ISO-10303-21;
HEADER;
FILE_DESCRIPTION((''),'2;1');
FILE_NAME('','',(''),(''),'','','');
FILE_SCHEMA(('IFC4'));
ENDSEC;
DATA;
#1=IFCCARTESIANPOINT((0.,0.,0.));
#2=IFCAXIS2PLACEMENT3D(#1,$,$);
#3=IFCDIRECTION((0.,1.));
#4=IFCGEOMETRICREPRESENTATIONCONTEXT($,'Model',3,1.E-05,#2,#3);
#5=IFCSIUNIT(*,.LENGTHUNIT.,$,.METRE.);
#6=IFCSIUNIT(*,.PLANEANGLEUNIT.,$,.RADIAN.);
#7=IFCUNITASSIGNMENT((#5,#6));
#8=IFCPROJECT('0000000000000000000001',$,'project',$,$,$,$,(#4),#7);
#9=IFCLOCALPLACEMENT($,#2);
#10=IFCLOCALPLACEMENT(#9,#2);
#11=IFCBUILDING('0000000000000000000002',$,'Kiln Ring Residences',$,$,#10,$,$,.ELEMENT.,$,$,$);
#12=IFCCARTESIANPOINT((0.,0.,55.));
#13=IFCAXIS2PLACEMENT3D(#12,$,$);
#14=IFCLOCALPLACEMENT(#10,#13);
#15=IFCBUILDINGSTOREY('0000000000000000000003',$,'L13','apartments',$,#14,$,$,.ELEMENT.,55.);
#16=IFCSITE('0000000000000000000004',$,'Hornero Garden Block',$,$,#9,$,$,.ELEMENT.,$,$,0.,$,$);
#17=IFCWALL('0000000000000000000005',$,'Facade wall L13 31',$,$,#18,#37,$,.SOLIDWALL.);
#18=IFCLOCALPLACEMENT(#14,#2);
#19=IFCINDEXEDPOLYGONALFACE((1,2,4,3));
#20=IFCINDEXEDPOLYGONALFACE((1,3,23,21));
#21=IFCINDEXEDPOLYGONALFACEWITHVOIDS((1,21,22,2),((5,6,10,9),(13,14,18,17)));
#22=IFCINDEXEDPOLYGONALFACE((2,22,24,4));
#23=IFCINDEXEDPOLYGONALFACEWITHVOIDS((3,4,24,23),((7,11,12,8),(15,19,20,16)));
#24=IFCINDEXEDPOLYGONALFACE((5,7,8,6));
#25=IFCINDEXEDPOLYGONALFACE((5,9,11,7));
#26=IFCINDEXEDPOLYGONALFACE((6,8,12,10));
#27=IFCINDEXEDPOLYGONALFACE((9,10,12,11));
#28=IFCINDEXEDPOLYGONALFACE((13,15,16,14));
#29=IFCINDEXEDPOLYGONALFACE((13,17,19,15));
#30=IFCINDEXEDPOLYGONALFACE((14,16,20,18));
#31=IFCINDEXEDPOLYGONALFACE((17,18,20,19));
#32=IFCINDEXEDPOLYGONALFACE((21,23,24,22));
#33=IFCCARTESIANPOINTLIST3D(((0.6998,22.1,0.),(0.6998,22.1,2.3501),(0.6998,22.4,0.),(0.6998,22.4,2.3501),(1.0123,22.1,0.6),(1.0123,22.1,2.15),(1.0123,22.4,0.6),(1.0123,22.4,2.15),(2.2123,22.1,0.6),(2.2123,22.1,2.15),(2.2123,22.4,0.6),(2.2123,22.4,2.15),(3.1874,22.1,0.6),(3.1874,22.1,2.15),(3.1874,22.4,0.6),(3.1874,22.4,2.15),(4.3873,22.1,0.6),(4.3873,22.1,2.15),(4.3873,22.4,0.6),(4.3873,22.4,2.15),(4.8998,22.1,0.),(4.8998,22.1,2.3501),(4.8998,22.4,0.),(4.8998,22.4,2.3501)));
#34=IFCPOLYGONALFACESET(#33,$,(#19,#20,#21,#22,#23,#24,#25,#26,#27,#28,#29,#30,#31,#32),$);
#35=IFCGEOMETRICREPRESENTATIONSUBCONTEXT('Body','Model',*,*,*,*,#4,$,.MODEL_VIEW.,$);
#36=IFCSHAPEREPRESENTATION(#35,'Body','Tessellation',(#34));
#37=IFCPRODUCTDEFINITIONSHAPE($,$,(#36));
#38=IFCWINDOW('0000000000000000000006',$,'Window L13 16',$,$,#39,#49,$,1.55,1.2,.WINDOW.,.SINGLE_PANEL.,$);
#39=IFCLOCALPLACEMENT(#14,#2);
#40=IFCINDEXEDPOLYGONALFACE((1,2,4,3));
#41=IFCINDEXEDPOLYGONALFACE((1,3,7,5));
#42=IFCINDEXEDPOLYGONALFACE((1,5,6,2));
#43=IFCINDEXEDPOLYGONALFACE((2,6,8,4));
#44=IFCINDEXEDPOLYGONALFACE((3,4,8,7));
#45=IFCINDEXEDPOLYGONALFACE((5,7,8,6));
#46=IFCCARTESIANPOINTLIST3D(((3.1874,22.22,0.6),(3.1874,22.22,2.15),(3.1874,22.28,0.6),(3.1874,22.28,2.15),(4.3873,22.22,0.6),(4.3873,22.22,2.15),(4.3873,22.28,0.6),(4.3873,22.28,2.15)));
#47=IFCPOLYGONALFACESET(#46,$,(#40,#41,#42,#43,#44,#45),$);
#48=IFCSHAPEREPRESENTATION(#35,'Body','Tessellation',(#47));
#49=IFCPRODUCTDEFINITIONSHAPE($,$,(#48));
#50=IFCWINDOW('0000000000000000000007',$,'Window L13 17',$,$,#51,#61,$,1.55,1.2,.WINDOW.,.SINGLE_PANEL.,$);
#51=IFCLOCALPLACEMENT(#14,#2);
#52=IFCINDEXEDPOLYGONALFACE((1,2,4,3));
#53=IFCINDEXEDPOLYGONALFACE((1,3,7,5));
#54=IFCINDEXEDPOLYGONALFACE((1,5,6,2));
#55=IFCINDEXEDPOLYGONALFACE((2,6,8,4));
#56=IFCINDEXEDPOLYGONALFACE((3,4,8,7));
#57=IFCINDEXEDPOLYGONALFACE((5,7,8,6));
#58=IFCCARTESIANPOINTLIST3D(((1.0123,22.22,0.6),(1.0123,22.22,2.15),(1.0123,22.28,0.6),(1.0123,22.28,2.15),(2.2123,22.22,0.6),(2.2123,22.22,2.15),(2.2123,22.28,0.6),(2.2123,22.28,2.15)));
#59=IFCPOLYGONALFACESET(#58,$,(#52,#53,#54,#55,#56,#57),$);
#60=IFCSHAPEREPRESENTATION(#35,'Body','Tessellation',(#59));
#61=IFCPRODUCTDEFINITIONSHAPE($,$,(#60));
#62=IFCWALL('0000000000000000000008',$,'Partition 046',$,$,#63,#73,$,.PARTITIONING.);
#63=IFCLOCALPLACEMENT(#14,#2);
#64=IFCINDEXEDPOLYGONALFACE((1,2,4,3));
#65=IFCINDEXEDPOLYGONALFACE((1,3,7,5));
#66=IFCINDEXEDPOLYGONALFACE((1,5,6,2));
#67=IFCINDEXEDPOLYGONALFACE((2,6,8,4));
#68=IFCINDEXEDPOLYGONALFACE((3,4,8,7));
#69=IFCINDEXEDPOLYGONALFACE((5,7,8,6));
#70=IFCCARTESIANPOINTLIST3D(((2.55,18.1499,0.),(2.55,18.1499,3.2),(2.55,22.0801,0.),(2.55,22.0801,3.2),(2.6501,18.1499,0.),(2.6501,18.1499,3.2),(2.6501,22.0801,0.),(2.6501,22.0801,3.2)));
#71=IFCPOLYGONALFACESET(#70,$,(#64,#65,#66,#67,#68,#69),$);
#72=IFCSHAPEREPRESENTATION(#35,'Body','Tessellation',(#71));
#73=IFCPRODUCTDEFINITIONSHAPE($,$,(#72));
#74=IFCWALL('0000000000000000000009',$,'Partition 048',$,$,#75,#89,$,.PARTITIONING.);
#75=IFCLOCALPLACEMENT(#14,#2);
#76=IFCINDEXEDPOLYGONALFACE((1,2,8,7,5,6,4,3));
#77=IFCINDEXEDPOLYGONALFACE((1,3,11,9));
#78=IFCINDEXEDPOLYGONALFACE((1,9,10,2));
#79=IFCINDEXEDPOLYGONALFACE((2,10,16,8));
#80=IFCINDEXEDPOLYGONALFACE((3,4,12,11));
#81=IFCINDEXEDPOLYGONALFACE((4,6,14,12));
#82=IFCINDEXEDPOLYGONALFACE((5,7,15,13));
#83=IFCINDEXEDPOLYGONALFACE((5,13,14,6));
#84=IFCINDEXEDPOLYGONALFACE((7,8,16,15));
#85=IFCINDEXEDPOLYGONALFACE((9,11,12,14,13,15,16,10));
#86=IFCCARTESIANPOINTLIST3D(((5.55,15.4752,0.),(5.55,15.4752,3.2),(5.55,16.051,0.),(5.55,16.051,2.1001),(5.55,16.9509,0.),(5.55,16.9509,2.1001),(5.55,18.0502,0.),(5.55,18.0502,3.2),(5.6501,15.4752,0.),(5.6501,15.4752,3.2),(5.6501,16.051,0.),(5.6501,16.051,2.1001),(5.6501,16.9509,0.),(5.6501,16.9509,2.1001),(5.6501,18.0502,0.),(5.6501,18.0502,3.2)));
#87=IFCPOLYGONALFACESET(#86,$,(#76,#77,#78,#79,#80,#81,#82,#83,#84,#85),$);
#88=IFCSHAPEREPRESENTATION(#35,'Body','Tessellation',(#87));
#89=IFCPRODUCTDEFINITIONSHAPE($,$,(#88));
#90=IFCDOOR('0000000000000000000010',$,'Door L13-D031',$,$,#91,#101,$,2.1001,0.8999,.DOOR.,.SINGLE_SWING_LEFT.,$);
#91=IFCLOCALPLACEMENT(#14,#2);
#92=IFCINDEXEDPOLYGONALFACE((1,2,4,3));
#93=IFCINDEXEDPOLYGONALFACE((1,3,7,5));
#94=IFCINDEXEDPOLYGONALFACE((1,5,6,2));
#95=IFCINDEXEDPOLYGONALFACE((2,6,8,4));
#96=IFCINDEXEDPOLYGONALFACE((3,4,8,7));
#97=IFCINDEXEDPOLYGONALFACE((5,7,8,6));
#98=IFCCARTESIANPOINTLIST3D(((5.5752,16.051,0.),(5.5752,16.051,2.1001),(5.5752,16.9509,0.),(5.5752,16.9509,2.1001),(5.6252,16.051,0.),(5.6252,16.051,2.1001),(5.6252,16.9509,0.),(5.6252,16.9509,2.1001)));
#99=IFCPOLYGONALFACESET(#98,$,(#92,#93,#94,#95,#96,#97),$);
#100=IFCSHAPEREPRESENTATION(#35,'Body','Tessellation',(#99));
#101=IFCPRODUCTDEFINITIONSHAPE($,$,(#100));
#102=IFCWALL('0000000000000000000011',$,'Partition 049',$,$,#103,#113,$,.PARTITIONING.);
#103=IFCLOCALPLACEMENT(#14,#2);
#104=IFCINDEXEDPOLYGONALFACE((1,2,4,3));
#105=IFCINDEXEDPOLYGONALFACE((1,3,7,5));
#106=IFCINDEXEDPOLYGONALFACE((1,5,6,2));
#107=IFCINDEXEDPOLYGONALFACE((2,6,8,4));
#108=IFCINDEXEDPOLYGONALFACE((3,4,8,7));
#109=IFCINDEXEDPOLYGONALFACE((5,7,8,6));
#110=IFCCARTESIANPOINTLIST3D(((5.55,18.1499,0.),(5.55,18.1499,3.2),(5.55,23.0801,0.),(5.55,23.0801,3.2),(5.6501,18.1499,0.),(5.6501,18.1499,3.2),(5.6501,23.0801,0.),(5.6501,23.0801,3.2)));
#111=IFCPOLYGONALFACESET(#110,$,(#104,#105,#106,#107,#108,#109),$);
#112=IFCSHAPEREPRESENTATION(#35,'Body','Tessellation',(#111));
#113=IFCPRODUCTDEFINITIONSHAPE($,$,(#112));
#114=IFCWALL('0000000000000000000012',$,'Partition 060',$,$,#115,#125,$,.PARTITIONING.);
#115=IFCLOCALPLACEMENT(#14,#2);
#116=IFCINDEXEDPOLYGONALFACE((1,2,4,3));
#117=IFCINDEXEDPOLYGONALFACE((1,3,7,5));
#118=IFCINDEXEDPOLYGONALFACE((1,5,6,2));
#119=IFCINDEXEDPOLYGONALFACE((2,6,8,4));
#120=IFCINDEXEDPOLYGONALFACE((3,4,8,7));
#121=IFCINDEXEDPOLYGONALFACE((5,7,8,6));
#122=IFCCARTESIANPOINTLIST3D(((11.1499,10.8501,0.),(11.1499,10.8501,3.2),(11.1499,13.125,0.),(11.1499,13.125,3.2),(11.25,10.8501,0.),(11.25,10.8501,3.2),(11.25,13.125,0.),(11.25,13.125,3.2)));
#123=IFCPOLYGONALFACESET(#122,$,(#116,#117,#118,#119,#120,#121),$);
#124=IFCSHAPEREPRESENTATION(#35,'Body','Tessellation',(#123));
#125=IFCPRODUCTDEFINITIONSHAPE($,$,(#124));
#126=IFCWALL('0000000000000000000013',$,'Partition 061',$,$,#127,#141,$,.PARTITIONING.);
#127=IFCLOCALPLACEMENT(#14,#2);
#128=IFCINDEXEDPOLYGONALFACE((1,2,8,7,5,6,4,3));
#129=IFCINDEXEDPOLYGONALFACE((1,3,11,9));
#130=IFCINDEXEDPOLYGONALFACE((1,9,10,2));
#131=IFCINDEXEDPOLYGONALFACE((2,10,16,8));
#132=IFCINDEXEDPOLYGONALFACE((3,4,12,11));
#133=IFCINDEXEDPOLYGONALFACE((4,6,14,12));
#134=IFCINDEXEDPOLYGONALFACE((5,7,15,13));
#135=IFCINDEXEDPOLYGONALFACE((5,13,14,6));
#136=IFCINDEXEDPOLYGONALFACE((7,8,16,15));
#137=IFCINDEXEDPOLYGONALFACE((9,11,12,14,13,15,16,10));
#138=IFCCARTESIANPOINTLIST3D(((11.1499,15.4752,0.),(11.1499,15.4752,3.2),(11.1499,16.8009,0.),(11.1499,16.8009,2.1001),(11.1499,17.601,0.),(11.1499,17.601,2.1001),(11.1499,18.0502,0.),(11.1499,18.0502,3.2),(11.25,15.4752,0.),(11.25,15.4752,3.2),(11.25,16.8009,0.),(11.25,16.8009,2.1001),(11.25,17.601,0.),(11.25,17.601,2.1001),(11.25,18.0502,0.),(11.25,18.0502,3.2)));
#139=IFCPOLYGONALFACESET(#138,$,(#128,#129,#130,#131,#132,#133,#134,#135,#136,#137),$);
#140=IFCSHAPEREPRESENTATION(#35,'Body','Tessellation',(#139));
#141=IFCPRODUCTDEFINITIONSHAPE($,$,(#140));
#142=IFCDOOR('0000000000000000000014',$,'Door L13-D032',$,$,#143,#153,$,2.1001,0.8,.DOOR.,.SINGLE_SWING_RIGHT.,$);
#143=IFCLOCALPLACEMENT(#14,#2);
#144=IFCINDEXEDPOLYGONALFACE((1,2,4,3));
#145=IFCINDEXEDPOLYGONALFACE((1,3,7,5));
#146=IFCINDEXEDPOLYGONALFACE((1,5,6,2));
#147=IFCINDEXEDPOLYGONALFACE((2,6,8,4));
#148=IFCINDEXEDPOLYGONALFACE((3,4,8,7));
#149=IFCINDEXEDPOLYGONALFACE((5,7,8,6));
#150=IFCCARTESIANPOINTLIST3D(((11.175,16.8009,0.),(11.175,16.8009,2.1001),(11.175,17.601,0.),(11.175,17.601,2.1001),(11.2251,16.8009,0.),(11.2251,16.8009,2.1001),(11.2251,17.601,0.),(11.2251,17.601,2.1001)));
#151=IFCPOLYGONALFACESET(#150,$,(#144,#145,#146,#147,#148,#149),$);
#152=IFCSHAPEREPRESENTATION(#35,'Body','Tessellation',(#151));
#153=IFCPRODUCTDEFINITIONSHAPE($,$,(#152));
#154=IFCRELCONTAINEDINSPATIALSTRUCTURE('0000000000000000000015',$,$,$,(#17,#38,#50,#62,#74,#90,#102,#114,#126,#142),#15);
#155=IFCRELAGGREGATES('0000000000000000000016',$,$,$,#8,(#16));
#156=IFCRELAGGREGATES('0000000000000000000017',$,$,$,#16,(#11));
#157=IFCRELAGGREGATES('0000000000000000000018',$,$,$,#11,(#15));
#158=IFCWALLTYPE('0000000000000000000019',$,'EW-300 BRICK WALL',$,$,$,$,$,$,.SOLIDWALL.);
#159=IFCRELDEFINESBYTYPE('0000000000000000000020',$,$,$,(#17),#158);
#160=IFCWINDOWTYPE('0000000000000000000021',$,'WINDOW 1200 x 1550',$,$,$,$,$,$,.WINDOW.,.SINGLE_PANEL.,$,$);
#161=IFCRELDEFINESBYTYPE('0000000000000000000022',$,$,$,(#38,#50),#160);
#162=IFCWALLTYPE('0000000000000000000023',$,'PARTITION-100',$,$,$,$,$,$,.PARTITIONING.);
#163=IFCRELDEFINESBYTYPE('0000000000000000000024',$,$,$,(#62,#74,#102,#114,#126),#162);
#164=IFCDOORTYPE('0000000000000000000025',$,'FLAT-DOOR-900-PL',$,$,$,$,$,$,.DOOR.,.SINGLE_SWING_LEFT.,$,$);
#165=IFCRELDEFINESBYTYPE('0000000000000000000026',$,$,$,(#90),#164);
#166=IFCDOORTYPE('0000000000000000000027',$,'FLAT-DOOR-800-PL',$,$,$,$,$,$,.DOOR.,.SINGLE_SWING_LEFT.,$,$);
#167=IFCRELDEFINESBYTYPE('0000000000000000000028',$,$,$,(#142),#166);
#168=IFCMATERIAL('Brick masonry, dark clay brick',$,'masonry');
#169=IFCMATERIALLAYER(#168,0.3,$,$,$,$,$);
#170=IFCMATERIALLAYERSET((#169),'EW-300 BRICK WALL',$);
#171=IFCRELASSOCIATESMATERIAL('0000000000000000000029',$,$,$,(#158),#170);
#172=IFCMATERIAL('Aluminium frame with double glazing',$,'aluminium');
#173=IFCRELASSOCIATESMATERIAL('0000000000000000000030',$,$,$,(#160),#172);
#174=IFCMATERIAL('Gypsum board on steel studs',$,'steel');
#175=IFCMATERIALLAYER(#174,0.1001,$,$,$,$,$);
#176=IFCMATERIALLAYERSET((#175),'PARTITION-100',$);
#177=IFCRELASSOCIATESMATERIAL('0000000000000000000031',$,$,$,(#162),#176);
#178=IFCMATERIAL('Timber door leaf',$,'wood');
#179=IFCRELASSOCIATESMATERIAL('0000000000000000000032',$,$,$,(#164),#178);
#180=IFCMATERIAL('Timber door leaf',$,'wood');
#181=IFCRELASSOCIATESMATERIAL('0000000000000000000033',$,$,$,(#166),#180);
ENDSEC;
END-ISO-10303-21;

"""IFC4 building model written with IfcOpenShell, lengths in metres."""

from ifc_helpers import new_model, si_unit, direction, frame, frame_2d, origin, place, context, subcontext, project, spatial, rectangle, extrude, material, layer, layer_set, type_object, element, fill, save


model = new_model("IFC4")

# Units and contexts
model_context = context("Model", 3, precision=1e-05, world=origin(), true_north=direction((0.0, 1.0)))
body_context = subcontext(model_context, "Body", "Model", "MODEL_VIEW")
ifc_project = project(units=[si_unit("LENGTHUNIT", "METRE"), si_unit("PLANEANGLEUNIT", "RADIAN")], contexts=[model_context])

# Site, building, storey
site_placement = place(None, origin())
site = spatial("IfcSite", under=ifc_project, at=site_placement, Name="Hornero Garden Block", CompositionType="ELEMENT", RefElevation=0.0)
building_placement = place(site_placement, origin())
building = spatial("IfcBuilding", under=site, at=building_placement, Name="Kiln Ring Residences", CompositionType="ELEMENT")
storey_placement = place(building_placement, frame((0.0, 0.0, 55.0)))
storey = spatial("IfcBuildingStorey", under=building, at=storey_placement, Name="L13", Description="apartments", CompositionType="ELEMENT", Elevation=55.0)

# Shared definitions
ifc_material_1 = material(Name="Brick masonry, dark clay brick", Category="masonry")
ifc_layer_1 = layer(ifc_material_1, 0.3)
ifc_layer_set_1 = layer_set([ifc_layer_1], Name="EW-300 BRICK WALL")
wall_type_1 = type_object("IfcWallType", Name="EW-300 BRICK WALL", PredefinedType="SOLIDWALL", material=ifc_layer_set_1)

# Wall, openings, windows
wall_1_placement = place(storey_placement, frame((4.8999, 22.25, 0.0), z_axis=(0.0, 0.0, 1.0), x_axis=(-1.0, 0.0, 0.0)))
wall_1 = element("IfcWall", 1, at=wall_1_placement, inside=storey, type_object=wall_type_1, Name="Facade wall L13 31", PredefinedType="SOLIDWALL", context=body_context, shape_type="SweptSolid", body=[
    extrude(rectangle(XDim=4.2, YDim=0.3, at=frame_2d((2.1001, 0.0))), origin(), (0.0, 0.0, 1.0), 2.3501),
])
opening_1_placement = place(wall_1_placement, frame((0.5125, 0.0, 0.6001)))
opening_1 = element("IfcOpeningElement", 2, at=opening_1_placement, cuts=wall_1, PredefinedType="OPENING", context=body_context, shape_type="SweptSolid", body=[
    extrude(rectangle(XDim=1.2, YDim=1.55, at=frame_2d((0.6001, 0.7749))), frame((0.0, 0.1599, 0.0), z_axis=(0.0, -1.0, 0.0), x_axis=(1.0, 0.0, 0.0)), (0.0, 0.0, 1.0), 0.3201),
])
opening_2_placement = place(wall_1_placement, frame((2.6875, 0.0, 0.6001)))
opening_2 = element("IfcOpeningElement", 3, at=opening_2_placement, cuts=wall_1, PredefinedType="OPENING", context=body_context, shape_type="SweptSolid", body=[
    extrude(rectangle(XDim=1.2, YDim=1.55, at=frame_2d((0.6001, 0.7749))), frame((0.0, 0.1599, 0.0), z_axis=(0.0, -1.0, 0.0), x_axis=(1.0, 0.0, 0.0)), (0.0, 0.0, 1.0), 0.3201),
])
ifc_material_2 = material(Name="Aluminium frame with double glazing", Category="aluminium")
window_type_1 = type_object("IfcWindowType", Name="WINDOW 1200 x 1550", PartitioningType="SINGLE_PANEL", PredefinedType="WINDOW", material=ifc_material_2)
window_1_placement = place(opening_1_placement, origin())
window_1 = element("IfcWindow", 4, at=window_1_placement, inside=storey, type_object=window_type_1, Name="Window L13 16", OverallHeight=1.55, OverallWidth=1.2, PartitioningType="SINGLE_PANEL", PredefinedType="WINDOW", context=body_context, shape_type="SweptSolid", body=[
    extrude(rectangle(XDim=1.2, YDim=1.55, at=frame_2d((0.6001, 0.7749))), frame((0.0, 0.03, 0.0), z_axis=(0.0, -1.0, 0.0), x_axis=(1.0, 0.0, 0.0)), (0.0, 0.0, 1.0), 0.0601),
])
fill(opening_1, window_1)
window_2_placement = place(opening_2_placement, origin())
window_2 = element("IfcWindow", 5, at=window_2_placement, inside=storey, type_object=window_type_1, Name="Window L13 17", OverallHeight=1.55, OverallWidth=1.2, PartitioningType="SINGLE_PANEL", PredefinedType="WINDOW", context=body_context, shape_type="SweptSolid", body=[
    extrude(rectangle(XDim=1.2, YDim=1.55, at=frame_2d((0.6001, 0.7749))), frame((0.0, 0.03, 0.0), z_axis=(0.0, -1.0, 0.0), x_axis=(1.0, 0.0, 0.0)), (0.0, 0.0, 1.0), 0.0601),
])
fill(opening_2, window_2)

# Wall
ifc_material_3 = material(Name="Gypsum board on steel studs", Category="steel")
ifc_layer_2 = layer(ifc_material_3, 0.1001)
ifc_layer_set_2 = layer_set([ifc_layer_2], Name="PARTITION-100")
wall_type_2 = type_object("IfcWallType", Name="PARTITION-100", PredefinedType="PARTITIONING", material=ifc_layer_set_2)
wall_2_placement = place(storey_placement, frame((2.6001, 18.1499, 0.0), z_axis=(0.0, 0.0, 1.0), x_axis=(0.0, 1.0, 0.0)))
element("IfcWall", 6, at=wall_2_placement, inside=storey, type_object=wall_type_2, Name="Partition 046", PredefinedType="PARTITIONING", context=body_context, shape_type="SweptSolid", body=[
    extrude(rectangle(XDim=3.9302, YDim=0.1001, at=frame_2d((1.9651, 0.0))), origin(), (0.0, 0.0, 1.0), 3.2),
])

# Wall, opening, door
wall_3_placement = place(storey_placement, frame((5.6001, 15.4751, 0.0), z_axis=(0.0, 0.0, 1.0), x_axis=(0.0, 1.0, 0.0)))
wall_3 = element("IfcWall", 7, at=wall_3_placement, inside=storey, type_object=wall_type_2, Name="Partition 048", PredefinedType="PARTITIONING", context=body_context, shape_type="SweptSolid", body=[
    extrude(rectangle(XDim=2.575, YDim=0.1001, at=frame_2d((1.2876, 0.0))), origin(), (0.0, 0.0, 1.0), 3.2),
])
opening_3_placement = place(wall_3_placement, frame((0.5759, 0.0, 0.0)))
opening_3 = element("IfcOpeningElement", 8, at=opening_3_placement, cuts=wall_3, PredefinedType="OPENING", context=body_context, shape_type="SweptSolid", body=[
    extrude(rectangle(XDim=0.8999, YDim=2.1001, at=frame_2d((0.45, 1.05))), frame((0.0, 0.0601, 0.0), z_axis=(0.0, -1.0, 0.0), x_axis=(1.0, 0.0, 0.0)), (0.0, 0.0, 1.0), 0.1201),
])
ifc_material_4 = material(Name="Timber door leaf", Category="wood")
door_type_1 = type_object("IfcDoorType", Name="FLAT-DOOR-900-PL", OperationType="SINGLE_SWING_LEFT", PredefinedType="DOOR", material=ifc_material_4)
door_1_placement = place(opening_3_placement, origin())
door_1 = element("IfcDoor", 9, at=door_1_placement, inside=storey, type_object=door_type_1, Name="Door L13-D031", OperationType="SINGLE_SWING_LEFT", OverallHeight=2.1001, OverallWidth=0.8999, PredefinedType="DOOR", context=body_context, shape_type="SweptSolid", body=[
    extrude(rectangle(XDim=0.8999, YDim=2.1001, at=frame_2d((0.45, 1.05))), frame((0.0, 0.0249, 0.0), z_axis=(0.0, -1.0, 0.0), x_axis=(1.0, 0.0, 0.0)), (0.0, 0.0, 1.0), 0.05),
])
fill(opening_3, door_1)

# Walls
wall_4_placement = place(storey_placement, frame((5.6001, 18.1499, 0.0), z_axis=(0.0, 0.0, 1.0), x_axis=(0.0, 1.0, 0.0)))
element("IfcWall", 10, at=wall_4_placement, inside=storey, type_object=wall_type_2, Name="Partition 049", PredefinedType="PARTITIONING", context=body_context, shape_type="SweptSolid", body=[
    extrude(rectangle(XDim=4.9302, YDim=0.1001, at=frame_2d((2.4651, 0.0))), origin(), (0.0, 0.0, 1.0), 3.2),
])
wall_5_placement = place(storey_placement, frame((11.2, 10.8501, 0.0), z_axis=(0.0, 0.0, 1.0), x_axis=(0.0, 1.0, 0.0)))
element("IfcWall", 11, at=wall_5_placement, inside=storey, type_object=wall_type_2, Name="Partition 060", PredefinedType="PARTITIONING", context=body_context, shape_type="SweptSolid", body=[
    extrude(rectangle(XDim=2.2749, YDim=0.1001, at=frame_2d((1.1375, 0.0))), origin(), (0.0, 0.0, 1.0), 3.2),
])

# Wall, opening, door
wall_6_placement = place(storey_placement, frame((11.2, 15.4751, 0.0), z_axis=(0.0, 0.0, 1.0), x_axis=(0.0, 1.0, 0.0)))
wall_6 = element("IfcWall", 12, at=wall_6_placement, inside=storey, type_object=wall_type_2, Name="Partition 061", PredefinedType="PARTITIONING", context=body_context, shape_type="SweptSolid", body=[
    extrude(rectangle(XDim=2.575, YDim=0.1001, at=frame_2d((1.2876, 0.0))), origin(), (0.0, 0.0, 1.0), 3.2),
])
opening_4_placement = place(wall_6_placement, frame((1.3259, 0.0, 0.0)))
opening_4 = element("IfcOpeningElement", 13, at=opening_4_placement, cuts=wall_6, PredefinedType="OPENING", context=body_context, shape_type="SweptSolid", body=[
    extrude(rectangle(XDim=0.8, YDim=2.1001, at=frame_2d((0.3999, 1.05))), frame((0.0, 0.0601, 0.0), z_axis=(0.0, -1.0, 0.0), x_axis=(1.0, 0.0, 0.0)), (0.0, 0.0, 1.0), 0.1201),
])
ifc_material_5 = material(Name="Timber door leaf", Category="wood")
door_type_2 = type_object("IfcDoorType", Name="FLAT-DOOR-800-PL", OperationType="SINGLE_SWING_LEFT", PredefinedType="DOOR", material=ifc_material_5)
door_2_placement = place(opening_4_placement, origin())
door_2 = element("IfcDoor", 14, at=door_2_placement, inside=storey, type_object=door_type_2, Name="Door L13-D032", OperationType="SINGLE_SWING_RIGHT", OverallHeight=2.1001, OverallWidth=0.8, PredefinedType="DOOR", context=body_context, shape_type="SweptSolid", body=[
    extrude(rectangle(XDim=0.8, YDim=2.1001, at=frame_2d((0.3999, 1.05))), frame((0.0, 0.0249, 0.0), z_axis=(0.0, -1.0, 0.0), x_axis=(1.0, 0.0, 0.0)), (0.0, 0.0, 1.0), 0.05),
])
fill(opening_4, door_2)

save(model, "model.ifc")
